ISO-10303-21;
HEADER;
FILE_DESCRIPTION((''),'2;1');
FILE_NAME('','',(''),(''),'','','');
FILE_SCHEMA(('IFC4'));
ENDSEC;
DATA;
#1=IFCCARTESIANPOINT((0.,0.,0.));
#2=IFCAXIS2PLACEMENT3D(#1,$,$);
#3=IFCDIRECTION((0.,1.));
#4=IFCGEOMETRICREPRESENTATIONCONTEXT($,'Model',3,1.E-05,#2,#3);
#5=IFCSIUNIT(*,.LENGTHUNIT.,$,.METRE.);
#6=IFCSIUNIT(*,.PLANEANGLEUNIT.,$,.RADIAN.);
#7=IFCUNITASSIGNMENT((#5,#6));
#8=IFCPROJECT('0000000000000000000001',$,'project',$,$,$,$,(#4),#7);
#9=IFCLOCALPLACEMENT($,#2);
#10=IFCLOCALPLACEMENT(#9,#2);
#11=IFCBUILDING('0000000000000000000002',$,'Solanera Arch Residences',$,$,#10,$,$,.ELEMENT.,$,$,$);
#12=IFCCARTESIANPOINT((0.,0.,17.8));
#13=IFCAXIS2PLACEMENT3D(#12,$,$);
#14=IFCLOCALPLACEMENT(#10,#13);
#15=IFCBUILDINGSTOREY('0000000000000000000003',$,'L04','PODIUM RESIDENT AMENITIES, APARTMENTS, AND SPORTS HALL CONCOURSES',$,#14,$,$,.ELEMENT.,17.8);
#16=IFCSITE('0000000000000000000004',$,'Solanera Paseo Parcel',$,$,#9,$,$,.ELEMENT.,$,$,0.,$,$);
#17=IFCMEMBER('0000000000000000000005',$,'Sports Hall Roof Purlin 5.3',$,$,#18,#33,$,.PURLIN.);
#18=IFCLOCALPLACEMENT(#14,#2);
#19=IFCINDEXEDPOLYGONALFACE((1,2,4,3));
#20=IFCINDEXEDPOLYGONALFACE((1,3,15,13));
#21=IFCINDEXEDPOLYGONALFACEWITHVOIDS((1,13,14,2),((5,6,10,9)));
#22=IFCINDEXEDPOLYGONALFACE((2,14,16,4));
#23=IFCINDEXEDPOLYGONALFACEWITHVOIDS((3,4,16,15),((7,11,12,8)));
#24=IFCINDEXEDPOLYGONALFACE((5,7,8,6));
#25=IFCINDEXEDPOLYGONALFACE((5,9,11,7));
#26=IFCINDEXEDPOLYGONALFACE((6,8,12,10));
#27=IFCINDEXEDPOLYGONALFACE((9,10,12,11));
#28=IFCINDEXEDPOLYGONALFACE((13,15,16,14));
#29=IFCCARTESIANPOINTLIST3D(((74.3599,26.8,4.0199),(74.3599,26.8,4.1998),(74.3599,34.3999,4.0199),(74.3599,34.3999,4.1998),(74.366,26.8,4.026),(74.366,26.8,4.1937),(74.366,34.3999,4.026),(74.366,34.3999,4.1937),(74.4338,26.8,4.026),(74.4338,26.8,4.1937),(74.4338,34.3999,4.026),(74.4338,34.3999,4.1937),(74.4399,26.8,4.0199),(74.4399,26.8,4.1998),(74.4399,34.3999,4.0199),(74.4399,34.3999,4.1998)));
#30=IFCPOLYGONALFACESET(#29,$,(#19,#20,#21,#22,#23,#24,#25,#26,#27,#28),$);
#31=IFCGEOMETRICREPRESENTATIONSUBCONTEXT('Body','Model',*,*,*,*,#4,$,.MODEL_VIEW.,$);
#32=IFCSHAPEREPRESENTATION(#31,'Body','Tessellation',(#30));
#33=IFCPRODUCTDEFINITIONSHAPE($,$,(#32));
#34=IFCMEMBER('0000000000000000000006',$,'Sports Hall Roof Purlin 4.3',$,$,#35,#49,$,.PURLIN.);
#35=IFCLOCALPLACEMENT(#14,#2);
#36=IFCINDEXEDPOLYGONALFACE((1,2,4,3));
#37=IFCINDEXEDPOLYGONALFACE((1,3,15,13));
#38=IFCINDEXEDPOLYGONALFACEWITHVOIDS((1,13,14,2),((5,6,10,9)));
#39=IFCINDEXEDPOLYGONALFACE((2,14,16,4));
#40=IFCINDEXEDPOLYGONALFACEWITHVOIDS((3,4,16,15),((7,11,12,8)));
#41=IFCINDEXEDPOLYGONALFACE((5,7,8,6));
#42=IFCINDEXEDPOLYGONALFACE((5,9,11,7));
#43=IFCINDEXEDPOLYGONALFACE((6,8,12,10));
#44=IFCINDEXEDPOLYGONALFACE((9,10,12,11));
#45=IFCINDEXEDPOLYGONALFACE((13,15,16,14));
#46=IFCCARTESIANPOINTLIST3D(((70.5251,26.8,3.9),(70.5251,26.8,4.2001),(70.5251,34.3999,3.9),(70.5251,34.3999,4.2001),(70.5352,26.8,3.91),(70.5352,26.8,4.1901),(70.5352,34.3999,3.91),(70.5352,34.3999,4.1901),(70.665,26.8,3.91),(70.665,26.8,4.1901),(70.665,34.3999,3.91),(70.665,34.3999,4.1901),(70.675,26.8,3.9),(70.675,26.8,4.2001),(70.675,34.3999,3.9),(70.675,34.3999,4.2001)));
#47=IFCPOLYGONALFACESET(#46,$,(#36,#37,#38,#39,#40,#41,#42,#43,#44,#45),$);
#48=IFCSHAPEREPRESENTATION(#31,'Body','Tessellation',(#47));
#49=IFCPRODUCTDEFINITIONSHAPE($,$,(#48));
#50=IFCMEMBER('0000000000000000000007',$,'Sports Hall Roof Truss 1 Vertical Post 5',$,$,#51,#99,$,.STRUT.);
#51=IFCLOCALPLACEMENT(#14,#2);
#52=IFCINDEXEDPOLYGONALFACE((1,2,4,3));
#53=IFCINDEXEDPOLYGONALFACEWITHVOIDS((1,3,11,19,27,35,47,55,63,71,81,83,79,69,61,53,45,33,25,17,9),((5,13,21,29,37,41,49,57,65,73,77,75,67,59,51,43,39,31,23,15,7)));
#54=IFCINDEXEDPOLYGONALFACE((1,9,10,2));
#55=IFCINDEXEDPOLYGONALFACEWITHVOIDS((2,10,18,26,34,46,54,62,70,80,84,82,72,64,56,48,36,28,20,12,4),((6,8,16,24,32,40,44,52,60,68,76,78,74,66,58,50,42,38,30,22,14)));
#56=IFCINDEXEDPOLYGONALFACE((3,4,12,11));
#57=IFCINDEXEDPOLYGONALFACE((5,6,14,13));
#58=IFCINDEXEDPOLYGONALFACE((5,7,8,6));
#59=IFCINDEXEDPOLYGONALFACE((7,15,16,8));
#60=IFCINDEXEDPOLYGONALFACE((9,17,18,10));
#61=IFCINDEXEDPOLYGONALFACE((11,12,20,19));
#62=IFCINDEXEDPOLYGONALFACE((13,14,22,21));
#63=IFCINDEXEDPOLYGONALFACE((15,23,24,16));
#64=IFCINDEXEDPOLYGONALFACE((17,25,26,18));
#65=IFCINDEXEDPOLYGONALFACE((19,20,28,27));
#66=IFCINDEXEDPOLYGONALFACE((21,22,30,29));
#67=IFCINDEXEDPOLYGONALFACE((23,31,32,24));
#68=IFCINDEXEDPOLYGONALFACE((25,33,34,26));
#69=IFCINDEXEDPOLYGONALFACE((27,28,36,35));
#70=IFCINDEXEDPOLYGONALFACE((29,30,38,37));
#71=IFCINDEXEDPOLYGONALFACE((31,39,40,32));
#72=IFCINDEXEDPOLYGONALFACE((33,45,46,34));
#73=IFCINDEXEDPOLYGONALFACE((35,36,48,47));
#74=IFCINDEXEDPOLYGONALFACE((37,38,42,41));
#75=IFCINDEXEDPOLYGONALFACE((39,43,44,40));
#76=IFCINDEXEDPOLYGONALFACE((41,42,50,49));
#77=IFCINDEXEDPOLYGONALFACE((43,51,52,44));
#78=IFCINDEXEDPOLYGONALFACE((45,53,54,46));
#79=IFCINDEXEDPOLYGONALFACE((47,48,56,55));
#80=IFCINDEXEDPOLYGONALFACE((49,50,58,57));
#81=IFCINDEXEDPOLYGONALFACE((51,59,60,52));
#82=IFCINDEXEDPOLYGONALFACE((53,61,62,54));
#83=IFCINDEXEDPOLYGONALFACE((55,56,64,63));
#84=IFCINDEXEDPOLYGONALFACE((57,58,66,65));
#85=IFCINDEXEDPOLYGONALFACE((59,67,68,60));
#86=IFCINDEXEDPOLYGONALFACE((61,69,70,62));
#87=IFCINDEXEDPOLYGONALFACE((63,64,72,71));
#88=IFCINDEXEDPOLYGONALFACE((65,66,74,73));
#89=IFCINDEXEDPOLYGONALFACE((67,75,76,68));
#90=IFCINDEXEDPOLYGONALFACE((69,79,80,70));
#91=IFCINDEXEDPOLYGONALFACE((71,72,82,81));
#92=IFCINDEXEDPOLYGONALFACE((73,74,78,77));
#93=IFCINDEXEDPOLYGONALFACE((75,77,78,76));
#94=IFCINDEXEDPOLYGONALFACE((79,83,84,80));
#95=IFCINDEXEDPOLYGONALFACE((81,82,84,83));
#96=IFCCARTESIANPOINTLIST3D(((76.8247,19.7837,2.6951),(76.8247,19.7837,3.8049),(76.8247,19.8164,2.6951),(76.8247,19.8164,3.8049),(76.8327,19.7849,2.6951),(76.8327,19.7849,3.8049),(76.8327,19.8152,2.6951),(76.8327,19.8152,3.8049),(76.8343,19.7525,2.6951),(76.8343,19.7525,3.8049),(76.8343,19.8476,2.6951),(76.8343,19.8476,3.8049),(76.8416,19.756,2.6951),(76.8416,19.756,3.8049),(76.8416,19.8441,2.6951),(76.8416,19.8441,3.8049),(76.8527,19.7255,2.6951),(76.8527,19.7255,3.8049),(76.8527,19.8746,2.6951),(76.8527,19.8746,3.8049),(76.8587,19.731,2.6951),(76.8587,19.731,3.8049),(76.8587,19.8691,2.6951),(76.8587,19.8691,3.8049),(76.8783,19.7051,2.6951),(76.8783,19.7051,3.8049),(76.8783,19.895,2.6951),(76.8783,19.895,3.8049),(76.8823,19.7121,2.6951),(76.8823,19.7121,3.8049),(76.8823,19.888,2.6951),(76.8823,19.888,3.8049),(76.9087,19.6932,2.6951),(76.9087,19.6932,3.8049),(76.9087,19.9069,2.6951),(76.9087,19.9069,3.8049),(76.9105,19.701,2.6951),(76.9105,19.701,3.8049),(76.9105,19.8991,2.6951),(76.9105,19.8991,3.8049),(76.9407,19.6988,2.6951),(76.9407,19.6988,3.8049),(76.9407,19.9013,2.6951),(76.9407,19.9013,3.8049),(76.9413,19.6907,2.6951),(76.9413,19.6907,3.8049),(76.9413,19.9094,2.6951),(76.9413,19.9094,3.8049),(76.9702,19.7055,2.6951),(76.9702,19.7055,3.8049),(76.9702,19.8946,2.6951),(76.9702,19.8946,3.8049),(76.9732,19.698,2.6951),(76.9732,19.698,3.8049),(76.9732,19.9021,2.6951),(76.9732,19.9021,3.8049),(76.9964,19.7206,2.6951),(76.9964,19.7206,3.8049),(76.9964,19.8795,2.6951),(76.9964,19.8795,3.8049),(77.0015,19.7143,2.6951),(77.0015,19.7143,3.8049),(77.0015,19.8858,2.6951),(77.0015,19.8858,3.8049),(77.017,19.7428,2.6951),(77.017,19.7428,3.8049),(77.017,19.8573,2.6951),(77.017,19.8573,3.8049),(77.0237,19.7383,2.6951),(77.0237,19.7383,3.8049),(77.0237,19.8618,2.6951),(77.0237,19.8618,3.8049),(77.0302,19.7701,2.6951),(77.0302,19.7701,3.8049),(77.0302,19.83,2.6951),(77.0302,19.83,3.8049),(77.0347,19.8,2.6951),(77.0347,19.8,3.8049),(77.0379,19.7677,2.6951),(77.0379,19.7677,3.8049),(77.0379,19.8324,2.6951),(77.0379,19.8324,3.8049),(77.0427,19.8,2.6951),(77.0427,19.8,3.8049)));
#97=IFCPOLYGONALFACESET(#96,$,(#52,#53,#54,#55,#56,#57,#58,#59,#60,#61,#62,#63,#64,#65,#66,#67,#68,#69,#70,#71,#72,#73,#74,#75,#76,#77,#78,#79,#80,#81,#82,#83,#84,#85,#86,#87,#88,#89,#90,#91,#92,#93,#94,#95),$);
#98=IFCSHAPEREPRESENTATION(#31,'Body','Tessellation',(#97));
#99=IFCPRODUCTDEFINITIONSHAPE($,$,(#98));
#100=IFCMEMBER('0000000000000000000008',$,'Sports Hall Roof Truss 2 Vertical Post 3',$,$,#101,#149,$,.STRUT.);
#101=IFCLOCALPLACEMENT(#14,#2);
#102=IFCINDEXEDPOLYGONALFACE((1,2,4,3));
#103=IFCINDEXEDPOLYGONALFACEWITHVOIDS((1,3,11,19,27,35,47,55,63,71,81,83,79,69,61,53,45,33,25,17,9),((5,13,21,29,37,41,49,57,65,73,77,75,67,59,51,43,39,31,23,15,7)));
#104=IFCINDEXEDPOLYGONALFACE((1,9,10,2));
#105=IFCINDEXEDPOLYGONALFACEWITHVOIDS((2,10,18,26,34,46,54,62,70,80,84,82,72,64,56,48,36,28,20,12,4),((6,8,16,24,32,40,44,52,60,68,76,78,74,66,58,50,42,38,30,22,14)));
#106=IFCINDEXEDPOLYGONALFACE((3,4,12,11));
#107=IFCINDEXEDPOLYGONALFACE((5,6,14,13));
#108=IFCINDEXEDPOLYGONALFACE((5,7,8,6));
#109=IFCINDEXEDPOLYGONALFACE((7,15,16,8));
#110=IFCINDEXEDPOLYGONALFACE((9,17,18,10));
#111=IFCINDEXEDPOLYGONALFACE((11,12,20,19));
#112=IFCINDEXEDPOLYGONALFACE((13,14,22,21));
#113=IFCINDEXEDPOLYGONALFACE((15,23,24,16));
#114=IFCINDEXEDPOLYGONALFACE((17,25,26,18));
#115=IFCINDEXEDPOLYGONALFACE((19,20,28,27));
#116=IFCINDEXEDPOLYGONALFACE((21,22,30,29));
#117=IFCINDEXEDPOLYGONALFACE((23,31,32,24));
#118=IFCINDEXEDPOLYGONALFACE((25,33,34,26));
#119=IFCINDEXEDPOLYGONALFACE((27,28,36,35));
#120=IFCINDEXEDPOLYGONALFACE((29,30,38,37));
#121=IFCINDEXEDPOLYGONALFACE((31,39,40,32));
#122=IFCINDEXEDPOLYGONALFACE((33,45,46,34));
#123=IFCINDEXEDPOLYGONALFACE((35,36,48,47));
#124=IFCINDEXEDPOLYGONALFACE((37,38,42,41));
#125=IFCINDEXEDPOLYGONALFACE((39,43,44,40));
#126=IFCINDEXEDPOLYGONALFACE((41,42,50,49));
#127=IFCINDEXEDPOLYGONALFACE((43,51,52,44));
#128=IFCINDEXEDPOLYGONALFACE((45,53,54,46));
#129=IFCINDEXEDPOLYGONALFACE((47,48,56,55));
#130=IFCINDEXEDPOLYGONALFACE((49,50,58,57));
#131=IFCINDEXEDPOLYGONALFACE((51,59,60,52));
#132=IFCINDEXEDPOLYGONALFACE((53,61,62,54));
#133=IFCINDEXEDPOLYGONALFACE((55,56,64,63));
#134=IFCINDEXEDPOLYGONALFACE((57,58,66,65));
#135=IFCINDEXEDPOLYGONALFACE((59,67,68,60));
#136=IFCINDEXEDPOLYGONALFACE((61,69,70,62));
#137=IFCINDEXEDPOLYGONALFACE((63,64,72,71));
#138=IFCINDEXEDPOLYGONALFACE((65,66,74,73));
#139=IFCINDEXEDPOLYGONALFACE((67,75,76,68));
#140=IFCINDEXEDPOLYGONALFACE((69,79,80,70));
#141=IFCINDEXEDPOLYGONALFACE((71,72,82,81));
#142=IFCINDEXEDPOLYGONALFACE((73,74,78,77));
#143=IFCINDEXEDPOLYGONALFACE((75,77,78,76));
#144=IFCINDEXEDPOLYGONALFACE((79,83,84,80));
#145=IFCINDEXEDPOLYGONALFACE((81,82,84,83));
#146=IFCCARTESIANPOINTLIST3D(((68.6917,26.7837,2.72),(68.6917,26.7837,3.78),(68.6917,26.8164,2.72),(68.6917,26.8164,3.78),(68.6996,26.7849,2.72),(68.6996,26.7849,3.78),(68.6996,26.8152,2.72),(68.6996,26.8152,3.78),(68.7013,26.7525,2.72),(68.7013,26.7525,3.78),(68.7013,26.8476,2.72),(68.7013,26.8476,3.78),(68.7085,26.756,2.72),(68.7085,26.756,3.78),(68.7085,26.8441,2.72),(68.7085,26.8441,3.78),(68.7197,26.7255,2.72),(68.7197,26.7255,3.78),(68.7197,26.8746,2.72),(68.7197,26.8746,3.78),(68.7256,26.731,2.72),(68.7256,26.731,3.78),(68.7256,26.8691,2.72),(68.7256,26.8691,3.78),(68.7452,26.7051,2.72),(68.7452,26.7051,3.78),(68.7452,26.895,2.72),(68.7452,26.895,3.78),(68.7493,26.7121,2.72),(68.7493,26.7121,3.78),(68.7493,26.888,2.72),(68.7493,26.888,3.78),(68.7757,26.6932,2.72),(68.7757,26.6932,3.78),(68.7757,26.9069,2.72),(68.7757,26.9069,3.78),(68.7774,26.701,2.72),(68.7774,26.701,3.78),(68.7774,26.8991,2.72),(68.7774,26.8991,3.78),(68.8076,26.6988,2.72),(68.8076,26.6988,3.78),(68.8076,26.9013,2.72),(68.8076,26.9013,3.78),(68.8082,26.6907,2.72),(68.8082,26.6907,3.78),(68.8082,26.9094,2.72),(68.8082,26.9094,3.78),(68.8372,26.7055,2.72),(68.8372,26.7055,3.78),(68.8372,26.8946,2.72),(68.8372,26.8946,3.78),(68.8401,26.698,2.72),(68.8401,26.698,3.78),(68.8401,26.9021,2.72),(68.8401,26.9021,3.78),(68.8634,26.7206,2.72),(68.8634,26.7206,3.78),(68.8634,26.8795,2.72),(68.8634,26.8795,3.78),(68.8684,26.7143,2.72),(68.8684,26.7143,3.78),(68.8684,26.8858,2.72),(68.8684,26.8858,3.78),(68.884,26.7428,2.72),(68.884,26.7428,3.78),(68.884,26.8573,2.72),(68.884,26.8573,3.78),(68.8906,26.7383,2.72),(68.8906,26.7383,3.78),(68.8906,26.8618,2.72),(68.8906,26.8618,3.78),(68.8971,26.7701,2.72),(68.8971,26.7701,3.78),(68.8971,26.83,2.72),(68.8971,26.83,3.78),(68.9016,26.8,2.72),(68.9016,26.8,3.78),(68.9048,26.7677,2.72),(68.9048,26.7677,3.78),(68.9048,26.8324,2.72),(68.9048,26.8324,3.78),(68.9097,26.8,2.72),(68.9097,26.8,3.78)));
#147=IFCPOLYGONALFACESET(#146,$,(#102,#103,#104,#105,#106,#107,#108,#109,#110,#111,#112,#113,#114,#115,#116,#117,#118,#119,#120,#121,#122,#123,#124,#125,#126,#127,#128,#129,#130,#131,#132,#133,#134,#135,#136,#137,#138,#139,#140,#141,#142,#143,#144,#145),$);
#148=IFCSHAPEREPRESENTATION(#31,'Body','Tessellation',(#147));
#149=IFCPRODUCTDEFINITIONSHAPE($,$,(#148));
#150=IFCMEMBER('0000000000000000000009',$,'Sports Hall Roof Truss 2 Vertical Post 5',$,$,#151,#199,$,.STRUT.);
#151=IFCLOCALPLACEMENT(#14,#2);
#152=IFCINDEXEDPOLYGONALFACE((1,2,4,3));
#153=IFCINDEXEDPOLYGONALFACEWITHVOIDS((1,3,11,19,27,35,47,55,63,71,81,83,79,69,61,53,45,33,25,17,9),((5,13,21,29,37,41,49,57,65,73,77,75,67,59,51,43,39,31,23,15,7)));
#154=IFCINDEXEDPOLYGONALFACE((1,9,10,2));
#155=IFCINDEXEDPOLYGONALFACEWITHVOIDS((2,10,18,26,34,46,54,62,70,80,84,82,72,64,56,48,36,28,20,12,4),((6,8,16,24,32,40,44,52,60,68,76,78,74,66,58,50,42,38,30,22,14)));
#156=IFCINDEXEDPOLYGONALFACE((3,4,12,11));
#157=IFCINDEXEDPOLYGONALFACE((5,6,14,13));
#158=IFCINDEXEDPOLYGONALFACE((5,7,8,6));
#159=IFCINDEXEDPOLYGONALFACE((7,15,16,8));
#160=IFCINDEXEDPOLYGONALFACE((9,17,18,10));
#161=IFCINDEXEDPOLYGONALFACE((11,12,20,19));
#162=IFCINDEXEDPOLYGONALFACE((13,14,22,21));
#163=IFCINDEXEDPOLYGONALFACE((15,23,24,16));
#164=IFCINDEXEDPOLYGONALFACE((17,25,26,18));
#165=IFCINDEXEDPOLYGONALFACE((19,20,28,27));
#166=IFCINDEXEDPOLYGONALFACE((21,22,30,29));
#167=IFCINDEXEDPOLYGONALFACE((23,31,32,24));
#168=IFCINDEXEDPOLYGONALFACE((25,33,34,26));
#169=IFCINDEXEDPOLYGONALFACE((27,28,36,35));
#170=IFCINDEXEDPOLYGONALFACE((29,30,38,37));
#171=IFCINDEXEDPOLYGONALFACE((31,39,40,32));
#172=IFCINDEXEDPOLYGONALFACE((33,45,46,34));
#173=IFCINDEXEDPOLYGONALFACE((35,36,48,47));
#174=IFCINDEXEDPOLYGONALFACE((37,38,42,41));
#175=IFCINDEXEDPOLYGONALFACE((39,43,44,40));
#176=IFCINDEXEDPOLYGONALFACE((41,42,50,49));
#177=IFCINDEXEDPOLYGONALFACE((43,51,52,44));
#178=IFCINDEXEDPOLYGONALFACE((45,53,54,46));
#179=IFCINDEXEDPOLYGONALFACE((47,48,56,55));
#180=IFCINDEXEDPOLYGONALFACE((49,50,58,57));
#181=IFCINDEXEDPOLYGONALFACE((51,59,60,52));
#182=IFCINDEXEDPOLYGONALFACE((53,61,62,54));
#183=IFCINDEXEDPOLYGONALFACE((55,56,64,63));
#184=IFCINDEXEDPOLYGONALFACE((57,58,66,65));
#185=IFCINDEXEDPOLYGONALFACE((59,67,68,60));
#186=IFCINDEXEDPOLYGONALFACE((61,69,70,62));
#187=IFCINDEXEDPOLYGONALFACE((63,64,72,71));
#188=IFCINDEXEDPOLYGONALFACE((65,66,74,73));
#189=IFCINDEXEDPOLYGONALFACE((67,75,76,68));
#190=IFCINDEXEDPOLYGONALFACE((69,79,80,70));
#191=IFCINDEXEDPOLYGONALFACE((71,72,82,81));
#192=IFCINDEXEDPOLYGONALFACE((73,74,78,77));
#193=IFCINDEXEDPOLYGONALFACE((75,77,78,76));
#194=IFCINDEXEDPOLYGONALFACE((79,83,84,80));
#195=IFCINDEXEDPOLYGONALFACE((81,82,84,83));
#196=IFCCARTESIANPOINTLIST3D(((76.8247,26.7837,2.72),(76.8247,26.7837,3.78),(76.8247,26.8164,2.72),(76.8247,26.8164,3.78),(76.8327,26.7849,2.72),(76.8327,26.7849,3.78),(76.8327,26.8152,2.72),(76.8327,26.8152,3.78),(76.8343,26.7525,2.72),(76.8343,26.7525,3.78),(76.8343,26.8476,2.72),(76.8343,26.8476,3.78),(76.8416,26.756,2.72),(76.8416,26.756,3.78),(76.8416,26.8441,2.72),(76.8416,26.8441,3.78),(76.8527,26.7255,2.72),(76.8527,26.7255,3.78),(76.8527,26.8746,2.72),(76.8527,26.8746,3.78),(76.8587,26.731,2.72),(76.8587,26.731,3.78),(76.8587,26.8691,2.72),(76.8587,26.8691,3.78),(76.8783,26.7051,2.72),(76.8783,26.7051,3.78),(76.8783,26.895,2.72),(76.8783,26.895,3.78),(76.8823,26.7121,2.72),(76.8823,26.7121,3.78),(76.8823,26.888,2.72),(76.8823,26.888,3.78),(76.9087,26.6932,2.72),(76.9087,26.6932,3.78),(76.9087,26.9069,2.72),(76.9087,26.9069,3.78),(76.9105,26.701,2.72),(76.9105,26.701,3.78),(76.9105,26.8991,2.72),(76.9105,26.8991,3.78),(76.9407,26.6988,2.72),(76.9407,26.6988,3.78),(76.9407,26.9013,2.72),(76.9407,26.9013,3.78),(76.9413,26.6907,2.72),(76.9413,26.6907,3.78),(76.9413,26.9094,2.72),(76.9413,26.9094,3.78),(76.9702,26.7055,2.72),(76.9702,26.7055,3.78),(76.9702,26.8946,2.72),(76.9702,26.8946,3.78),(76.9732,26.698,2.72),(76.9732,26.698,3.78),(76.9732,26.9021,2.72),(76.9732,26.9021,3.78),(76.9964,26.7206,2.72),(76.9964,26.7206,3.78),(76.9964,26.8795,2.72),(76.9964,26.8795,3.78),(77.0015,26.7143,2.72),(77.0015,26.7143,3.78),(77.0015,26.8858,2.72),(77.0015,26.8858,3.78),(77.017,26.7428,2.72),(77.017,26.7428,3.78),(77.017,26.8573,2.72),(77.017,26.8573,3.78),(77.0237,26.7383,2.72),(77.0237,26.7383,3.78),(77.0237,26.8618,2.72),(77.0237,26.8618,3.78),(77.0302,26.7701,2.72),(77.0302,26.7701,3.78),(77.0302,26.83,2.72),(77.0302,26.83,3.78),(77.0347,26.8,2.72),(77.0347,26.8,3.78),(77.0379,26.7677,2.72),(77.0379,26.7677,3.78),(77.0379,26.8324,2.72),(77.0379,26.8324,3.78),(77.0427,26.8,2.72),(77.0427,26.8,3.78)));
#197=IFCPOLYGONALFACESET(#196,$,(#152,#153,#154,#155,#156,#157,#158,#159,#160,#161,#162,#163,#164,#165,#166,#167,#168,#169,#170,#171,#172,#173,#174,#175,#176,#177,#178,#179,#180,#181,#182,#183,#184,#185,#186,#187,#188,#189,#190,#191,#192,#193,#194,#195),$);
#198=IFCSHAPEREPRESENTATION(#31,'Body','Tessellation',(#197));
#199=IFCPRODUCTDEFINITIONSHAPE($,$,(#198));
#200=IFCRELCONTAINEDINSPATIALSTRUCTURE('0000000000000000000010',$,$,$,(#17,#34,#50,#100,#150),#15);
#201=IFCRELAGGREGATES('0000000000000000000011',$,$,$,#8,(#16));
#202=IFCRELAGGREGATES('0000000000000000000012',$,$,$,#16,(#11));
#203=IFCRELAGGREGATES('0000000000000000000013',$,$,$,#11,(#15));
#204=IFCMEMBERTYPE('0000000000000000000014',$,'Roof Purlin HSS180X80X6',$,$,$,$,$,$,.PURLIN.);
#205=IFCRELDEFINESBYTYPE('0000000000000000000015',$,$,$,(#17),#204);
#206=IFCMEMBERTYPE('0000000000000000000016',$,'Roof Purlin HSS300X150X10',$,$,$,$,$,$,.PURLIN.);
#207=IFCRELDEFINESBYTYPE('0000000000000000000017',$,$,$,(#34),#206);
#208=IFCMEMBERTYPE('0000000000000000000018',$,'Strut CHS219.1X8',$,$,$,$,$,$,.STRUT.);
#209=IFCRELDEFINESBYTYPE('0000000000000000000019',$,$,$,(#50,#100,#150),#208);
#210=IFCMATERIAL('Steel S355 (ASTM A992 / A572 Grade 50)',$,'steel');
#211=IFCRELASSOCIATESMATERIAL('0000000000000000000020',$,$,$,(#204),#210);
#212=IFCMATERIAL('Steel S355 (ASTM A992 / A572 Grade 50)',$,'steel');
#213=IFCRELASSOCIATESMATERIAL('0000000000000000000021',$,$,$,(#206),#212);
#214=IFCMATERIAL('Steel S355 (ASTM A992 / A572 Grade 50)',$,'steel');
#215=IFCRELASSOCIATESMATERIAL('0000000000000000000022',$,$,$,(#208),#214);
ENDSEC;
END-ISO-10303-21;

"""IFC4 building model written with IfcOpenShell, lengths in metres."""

from ifc_helpers import new_model, si_unit, direction, frame, origin, origin_2d, place, context, subcontext, project, spatial, hollow_rectangle, hollow_circle, extrude, material, material_profile, profile_set, type_object, element, save


model = new_model("IFC4")

# Units and contexts
model_context = context("Model", 3, precision=1e-05, world=origin(), true_north=direction((0.0, 1.0)))
body_context = subcontext(model_context, "Body", "Model", "MODEL_VIEW")
ifc_project = project(units=[si_unit("LENGTHUNIT", "METRE"), si_unit("PLANEANGLEUNIT", "RADIAN")], contexts=[model_context])

# Site, building, storey
site_placement = place(None, origin())
site = spatial("IfcSite", under=ifc_project, at=site_placement, Name="Solanera Paseo Parcel", CompositionType="ELEMENT", RefElevation=0.0)
building_placement = place(site_placement, origin())
building = spatial("IfcBuilding", under=site, at=building_placement, Name="Solanera Arch Residences", CompositionType="ELEMENT")
storey_placement = place(building_placement, frame((0.0, 0.0, 17.8)))
storey = spatial("IfcBuildingStorey", under=building, at=storey_placement, Name="L04", Description="PODIUM RESIDENT AMENITIES, APARTMENTS, AND SPORTS HALL CONCOURSES", CompositionType="ELEMENT", Elevation=17.8)

# Members
ifc_material_1 = material(Name="Steel S355 (ASTM A992 / A572 Grade 50)", Category="steel")
ifc_material_profile_1 = material_profile(ifc_material_1, hollow_rectangle(XDim=0.0801, YDim=0.1799, WallThickness=0.0061, at=origin_2d()))
ifc_profile_set_1 = profile_set([ifc_material_profile_1], Name="Steel S355 (ASTM A992 / A572 Grade 50)")
member_type_1 = type_object("IfcMemberType", Name="Roof Purlin HSS180X80X6", PredefinedType="PURLIN", material=ifc_profile_set_1)
member_1_placement = place(storey_placement, frame((74.3999, 26.8, 4.1099), z_axis=(0.0, 1.0, 0.0), x_axis=(-1.0, 0.0, 0.0)))
element("IfcMember", 1, at=member_1_placement, inside=storey, type_object=member_type_1, Name="Sports Hall Roof Purlin 5.3", PredefinedType="PURLIN", context=body_context, shape_type="SweptSolid", body=[
    extrude(hollow_rectangle(XDim=0.0801, YDim=0.1799, WallThickness=0.0061, at=origin_2d()), origin(), (0.0, 0.0, 1.0), 7.5999),
])
ifc_material_2 = material(Name="Steel S355 (ASTM A992 / A572 Grade 50)", Category="steel")
ifc_material_profile_2 = material_profile(ifc_material_2, hollow_rectangle(XDim=0.1499, YDim=0.3, WallThickness=0.01, at=origin_2d()))
ifc_profile_set_2 = profile_set([ifc_material_profile_2], Name="Steel S355 (ASTM A992 / A572 Grade 50)")
member_type_2 = type_object("IfcMemberType", Name="Roof Purlin HSS300X150X10", PredefinedType="PURLIN", material=ifc_profile_set_2)
member_2_placement = place(storey_placement, frame((70.6001, 26.8, 4.05), z_axis=(0.0, 1.0, 0.0), x_axis=(-1.0, 0.0, 0.0)))
element("IfcMember", 2, at=member_2_placement, inside=storey, type_object=member_type_2, Name="Sports Hall Roof Purlin 4.3", PredefinedType="PURLIN", context=body_context, shape_type="SweptSolid", body=[
    extrude(hollow_rectangle(XDim=0.1499, YDim=0.3, WallThickness=0.01, at=origin_2d()), origin(), (0.0, 0.0, 1.0), 7.5999),
])
ifc_material_3 = material(Name="Steel S355 (ASTM A992 / A572 Grade 50)", Category="steel")
ifc_material_profile_3 = material_profile(ifc_material_3, hollow_circle(Radius=0.1096, WallThickness=0.0081, at=origin_2d()))
ifc_profile_set_3 = profile_set([ifc_material_profile_3], Name="Steel S355 (ASTM A992 / A572 Grade 50)")
member_type_3 = type_object("IfcMemberType", Name="Strut CHS219.1X8", PredefinedType="STRUT", material=ifc_profile_set_3)
member_3_placement = place(storey_placement, frame((76.9331, 19.8, 2.6951), z_axis=(0.0, 0.0, 1.0), x_axis=(1.0, 0.0, 0.0)))
element("IfcMember", 3, at=member_3_placement, inside=storey, type_object=member_type_3, Name="Sports Hall Roof Truss 1 Vertical Post 5", PredefinedType="STRUT", context=body_context, shape_type="SweptSolid", body=[
    extrude(hollow_circle(Radius=0.1096, WallThickness=0.0081, at=origin_2d()), origin(), (0.0, 0.0, 1.0), 1.1099),
])
for number, where, z_axis, x_axis, name in (
    (4, (68.8, 26.8, 2.72), (0.0, 0.0, 1.0), (1.0, 0.0, 0.0), "Sports Hall Roof Truss 2 Vertical Post 3"),
    (5, (76.9331, 26.8, 2.72), (0.0, 0.0, 1.0), (1.0, 0.0, 0.0), "Sports Hall Roof Truss 2 Vertical Post 5"),
):
    element("IfcMember", number, at=place(storey_placement, frame(where, z_axis=z_axis, x_axis=x_axis)), inside=storey, type_object=member_type_3, Name=name, PredefinedType="STRUT", context=body_context, shape_type="SweptSolid", body=[
        extrude(hollow_circle(Radius=0.1096, WallThickness=0.0081, at=origin_2d()), origin(), (0.0, 0.0, 1.0), 1.0601),
    ])

save(model, "model.ifc")
